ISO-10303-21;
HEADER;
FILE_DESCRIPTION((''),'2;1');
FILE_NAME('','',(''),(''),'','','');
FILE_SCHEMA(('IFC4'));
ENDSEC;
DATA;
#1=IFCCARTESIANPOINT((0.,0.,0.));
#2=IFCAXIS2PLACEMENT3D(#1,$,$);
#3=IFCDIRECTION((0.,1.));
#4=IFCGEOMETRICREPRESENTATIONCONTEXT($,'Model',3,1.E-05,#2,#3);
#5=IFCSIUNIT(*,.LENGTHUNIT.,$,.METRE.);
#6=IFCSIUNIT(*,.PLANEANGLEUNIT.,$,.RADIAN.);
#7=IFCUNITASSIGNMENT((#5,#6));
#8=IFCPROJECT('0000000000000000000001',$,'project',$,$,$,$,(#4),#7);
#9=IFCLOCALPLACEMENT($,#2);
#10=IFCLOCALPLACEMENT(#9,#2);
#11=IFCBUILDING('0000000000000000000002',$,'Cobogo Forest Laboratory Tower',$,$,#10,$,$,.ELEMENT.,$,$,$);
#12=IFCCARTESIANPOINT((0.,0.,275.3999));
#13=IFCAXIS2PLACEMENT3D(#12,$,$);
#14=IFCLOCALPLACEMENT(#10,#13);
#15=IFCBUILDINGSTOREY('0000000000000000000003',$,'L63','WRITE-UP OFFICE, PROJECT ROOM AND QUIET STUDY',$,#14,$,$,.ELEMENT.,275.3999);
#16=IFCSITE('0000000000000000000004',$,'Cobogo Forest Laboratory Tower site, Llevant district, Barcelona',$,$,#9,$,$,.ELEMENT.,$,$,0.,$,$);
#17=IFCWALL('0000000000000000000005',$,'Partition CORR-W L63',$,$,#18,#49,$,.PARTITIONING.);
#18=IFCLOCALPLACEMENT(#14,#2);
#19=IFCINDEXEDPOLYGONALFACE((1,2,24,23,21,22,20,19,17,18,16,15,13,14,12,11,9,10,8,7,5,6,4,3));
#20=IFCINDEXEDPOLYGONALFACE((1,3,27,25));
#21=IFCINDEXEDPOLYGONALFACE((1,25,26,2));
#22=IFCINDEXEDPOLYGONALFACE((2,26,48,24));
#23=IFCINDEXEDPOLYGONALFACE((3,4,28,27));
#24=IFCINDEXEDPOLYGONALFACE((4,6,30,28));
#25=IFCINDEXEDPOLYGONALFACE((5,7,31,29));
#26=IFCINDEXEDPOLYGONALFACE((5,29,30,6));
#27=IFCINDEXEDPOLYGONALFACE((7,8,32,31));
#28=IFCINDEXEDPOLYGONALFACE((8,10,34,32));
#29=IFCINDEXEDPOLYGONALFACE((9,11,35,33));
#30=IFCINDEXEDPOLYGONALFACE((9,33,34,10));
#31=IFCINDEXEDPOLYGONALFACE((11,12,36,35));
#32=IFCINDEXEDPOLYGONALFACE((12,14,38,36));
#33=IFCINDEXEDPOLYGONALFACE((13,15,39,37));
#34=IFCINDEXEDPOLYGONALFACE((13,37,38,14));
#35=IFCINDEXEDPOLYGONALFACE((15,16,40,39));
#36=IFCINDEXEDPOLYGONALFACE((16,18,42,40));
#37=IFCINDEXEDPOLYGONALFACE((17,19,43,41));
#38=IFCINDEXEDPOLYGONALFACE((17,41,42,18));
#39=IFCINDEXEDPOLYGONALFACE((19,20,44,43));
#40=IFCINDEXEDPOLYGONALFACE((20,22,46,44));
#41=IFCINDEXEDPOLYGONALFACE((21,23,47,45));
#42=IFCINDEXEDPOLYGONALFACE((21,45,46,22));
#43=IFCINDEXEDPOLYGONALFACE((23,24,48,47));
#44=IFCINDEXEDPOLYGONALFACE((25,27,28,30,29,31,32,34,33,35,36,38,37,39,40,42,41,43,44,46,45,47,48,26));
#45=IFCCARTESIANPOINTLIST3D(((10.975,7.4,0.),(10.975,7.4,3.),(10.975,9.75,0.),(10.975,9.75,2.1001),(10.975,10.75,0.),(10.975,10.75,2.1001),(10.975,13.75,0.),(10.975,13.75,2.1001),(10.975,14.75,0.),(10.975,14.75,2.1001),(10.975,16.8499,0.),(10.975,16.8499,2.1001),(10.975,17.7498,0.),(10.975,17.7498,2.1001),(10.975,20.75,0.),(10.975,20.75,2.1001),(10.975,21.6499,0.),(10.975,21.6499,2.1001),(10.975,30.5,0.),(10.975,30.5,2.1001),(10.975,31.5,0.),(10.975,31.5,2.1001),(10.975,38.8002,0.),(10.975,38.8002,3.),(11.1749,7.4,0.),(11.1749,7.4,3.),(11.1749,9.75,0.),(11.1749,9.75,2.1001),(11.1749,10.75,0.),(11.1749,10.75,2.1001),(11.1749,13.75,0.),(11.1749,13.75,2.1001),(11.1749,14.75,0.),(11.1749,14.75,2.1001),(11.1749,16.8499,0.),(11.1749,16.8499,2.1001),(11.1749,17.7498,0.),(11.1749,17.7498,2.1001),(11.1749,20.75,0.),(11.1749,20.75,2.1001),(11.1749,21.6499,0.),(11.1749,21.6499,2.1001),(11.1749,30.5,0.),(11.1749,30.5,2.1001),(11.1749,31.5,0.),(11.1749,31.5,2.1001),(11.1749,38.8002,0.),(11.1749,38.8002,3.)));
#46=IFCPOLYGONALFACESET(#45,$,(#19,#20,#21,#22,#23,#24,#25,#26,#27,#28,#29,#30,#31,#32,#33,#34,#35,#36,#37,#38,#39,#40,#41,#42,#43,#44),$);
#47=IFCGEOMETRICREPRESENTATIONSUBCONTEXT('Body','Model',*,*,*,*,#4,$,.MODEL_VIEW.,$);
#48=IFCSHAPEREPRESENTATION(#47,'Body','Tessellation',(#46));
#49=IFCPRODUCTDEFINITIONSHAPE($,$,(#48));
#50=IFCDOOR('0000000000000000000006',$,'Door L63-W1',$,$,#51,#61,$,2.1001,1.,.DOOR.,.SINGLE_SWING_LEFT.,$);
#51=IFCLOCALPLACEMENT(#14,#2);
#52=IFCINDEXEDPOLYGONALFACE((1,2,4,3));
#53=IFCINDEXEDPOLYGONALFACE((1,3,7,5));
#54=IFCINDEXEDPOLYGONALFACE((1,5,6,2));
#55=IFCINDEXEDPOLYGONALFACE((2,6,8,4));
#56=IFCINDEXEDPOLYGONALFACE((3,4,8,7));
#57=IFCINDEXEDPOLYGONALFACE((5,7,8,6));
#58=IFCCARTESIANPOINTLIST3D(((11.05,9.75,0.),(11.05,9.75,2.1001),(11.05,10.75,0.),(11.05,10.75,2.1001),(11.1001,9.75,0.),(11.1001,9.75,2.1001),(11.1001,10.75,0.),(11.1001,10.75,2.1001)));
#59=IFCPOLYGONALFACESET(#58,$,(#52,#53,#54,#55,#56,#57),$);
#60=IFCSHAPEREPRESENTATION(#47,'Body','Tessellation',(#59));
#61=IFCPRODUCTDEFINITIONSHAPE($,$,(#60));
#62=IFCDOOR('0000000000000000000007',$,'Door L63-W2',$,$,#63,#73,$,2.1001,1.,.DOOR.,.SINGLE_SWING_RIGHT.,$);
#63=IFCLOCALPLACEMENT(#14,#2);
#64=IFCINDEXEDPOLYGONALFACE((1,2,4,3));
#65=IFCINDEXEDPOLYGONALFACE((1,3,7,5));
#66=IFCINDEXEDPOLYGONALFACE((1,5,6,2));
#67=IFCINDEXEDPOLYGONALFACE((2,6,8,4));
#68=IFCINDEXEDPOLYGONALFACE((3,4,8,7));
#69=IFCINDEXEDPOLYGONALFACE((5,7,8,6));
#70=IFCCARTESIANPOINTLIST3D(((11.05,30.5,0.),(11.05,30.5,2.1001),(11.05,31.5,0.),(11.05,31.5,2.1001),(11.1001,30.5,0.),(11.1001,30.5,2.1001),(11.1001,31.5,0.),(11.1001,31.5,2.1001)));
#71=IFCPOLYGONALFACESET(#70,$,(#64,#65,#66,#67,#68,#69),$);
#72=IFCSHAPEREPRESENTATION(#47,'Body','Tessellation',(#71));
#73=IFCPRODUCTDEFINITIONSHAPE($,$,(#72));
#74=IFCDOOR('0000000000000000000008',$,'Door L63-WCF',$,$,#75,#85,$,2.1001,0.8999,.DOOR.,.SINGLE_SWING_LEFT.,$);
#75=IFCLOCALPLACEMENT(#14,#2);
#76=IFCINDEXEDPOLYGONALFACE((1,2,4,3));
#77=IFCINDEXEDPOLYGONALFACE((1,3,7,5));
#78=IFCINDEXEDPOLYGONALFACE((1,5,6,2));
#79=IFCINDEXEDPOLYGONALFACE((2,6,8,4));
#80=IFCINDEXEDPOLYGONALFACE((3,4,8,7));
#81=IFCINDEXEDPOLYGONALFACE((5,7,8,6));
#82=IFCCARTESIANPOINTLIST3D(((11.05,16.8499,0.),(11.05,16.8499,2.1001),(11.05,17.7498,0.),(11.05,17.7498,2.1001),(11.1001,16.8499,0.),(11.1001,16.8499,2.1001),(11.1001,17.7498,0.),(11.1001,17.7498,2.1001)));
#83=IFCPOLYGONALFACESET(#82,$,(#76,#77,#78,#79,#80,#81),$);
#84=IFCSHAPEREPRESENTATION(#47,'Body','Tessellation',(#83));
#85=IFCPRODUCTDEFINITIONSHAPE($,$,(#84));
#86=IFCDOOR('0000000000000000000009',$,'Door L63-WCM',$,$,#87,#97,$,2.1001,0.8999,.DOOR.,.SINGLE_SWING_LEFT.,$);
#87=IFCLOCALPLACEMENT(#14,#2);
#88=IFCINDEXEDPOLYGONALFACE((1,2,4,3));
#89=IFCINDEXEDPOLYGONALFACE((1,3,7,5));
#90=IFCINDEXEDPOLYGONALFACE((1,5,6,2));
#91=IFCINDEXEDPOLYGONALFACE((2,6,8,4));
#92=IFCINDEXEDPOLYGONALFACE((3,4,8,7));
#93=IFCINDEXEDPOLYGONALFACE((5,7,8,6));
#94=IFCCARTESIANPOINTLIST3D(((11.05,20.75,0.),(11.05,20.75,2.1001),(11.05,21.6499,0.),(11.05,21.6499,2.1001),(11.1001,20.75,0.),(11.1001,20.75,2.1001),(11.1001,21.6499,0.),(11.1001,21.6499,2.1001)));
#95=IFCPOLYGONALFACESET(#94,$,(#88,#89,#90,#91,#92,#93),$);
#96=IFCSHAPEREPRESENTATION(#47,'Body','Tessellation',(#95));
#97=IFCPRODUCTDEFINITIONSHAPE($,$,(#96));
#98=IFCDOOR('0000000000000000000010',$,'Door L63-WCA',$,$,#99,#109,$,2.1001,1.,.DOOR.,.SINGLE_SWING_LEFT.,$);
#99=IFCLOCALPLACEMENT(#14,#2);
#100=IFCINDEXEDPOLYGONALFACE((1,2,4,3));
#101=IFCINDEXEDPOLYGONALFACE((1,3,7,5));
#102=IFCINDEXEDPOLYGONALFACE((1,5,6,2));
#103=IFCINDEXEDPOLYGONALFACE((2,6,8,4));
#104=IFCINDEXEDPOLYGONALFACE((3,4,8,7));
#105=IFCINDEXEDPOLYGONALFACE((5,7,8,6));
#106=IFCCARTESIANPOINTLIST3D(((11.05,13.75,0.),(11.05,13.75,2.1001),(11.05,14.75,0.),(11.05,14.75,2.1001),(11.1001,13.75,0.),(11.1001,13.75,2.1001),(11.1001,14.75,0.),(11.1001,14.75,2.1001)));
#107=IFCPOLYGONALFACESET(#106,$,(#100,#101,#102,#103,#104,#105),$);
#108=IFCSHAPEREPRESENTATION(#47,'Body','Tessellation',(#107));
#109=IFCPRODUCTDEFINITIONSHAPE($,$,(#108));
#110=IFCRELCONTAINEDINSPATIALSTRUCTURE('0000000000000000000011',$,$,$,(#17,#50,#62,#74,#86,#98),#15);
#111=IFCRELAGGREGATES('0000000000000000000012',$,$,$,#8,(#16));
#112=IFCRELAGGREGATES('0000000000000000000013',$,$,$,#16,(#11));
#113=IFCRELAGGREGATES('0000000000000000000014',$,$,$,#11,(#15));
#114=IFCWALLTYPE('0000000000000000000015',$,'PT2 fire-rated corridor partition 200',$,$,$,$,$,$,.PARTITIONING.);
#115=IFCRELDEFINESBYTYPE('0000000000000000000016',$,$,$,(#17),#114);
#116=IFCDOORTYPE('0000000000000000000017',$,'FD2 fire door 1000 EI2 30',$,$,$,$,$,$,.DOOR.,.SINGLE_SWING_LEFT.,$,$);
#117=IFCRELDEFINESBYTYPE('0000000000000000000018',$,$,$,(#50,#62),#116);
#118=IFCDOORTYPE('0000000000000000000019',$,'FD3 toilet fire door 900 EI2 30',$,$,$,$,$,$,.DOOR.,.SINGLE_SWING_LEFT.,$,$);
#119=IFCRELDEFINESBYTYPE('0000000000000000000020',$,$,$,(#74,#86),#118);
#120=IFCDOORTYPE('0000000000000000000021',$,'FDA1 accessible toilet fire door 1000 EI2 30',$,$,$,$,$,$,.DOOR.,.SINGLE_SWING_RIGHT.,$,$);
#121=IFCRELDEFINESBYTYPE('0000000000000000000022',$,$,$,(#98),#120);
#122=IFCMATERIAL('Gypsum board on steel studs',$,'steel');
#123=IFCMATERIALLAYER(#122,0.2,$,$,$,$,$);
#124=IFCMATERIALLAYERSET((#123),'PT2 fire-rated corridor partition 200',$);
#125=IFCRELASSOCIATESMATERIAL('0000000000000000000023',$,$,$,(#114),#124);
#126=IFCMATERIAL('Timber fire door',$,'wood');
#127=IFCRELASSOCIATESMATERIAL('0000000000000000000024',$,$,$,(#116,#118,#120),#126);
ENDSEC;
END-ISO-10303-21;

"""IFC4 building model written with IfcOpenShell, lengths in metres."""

from ifc_helpers import new_model, si_unit, direction, frame, frame_2d, origin, place, context, subcontext, project, spatial, rectangle, extrude, material, layer, layer_set, type_object, element, fill, save


model = new_model("IFC4")

# Units and contexts
model_context = context("Model", 3, precision=1e-05, world=origin(), true_north=direction((0.0, 1.0)))
body_context = subcontext(model_context, "Body", "Model", "MODEL_VIEW")
ifc_project = project(units=[si_unit("LENGTHUNIT", "METRE"), si_unit("PLANEANGLEUNIT", "RADIAN")], contexts=[model_context])

# Site, building, storey
site_placement = place(None, origin())
site = spatial("IfcSite", under=ifc_project, at=site_placement, Name="Cobogo Forest Laboratory Tower site, Llevant district, Barcelona", CompositionType="ELEMENT", RefElevation=0.0)
building_placement = place(site_placement, origin())
building = spatial("IfcBuilding", under=site, at=building_placement, Name="Cobogo Forest Laboratory Tower", CompositionType="ELEMENT")
storey_placement = place(building_placement, frame((0.0, 0.0, 275.3999)))
storey = spatial("IfcBuildingStorey", under=building, at=storey_placement, Name="L63", Description="WRITE-UP OFFICE, PROJECT ROOM AND QUIET STUDY", CompositionType="ELEMENT", Elevation=275.3999)

# Shared definitions
ifc_material_1 = material(Name="Gypsum board on steel studs", Category="steel")

# Wall, openings, doors
ifc_layer_1 = layer(ifc_material_1, 0.2)
ifc_layer_set_1 = layer_set([ifc_layer_1], Name="PT2 fire-rated corridor partition 200")
wall_type_1 = type_object("IfcWallType", Name="PT2 fire-rated corridor partition 200", PredefinedType="PARTITIONING", material=ifc_layer_set_1)
ifc_material_2 = material(Name="Timber fire door", Category="wood")
door_type_1 = type_object("IfcDoorType", Name="FD2 fire door 1000 EI2 30", OperationType="SINGLE_SWING_LEFT", PredefinedType="DOOR", material=ifc_material_2)
wall_1_placement = place(storey_placement, frame((11.075, 7.3999, 0.0), z_axis=(0.0, 0.0, 1.0), x_axis=(0.0, 1.0, 0.0)))
wall_1 = element("IfcWall", 1, at=wall_1_placement, inside=storey, type_object=wall_type_1, Name="Partition CORR-W L63", PredefinedType="PARTITIONING", context=body_context, shape_type="SweptSolid", body=[
    extrude(rectangle(XDim=31.4001, YDim=0.2, at=frame_2d((15.7002, 0.0))), origin(), (0.0, 0.0, 1.0), 3.0),
])
opening_1_placement = place(wall_1_placement, frame((2.3501, 0.0, 0.0)))
opening_1 = element("IfcOpeningElement", 2, at=opening_1_placement, cuts=wall_1, PredefinedType="OPENING", context=body_context, shape_type="SweptSolid", body=[
    extrude(rectangle(XDim=1.0, YDim=2.1001, at=frame_2d((0.5, 1.05))), frame((0.0, 0.1099, 0.0), z_axis=(0.0, -1.0, 0.0), x_axis=(1.0, 0.0, 0.0)), (0.0, 0.0, 1.0), 0.22),
])
opening_2_placement = place(wall_1_placement, frame((6.3501, 0.0, 0.0)))
opening_2 = element("IfcOpeningElement", 3, at=opening_2_placement, cuts=wall_1, PredefinedType="OPENING", context=body_context, shape_type="SweptSolid", body=[
    extrude(rectangle(XDim=1.0, YDim=2.1001, at=frame_2d((0.5, 1.05))), frame((0.0, 0.1099, 0.0), z_axis=(0.0, -1.0, 0.0), x_axis=(1.0, 0.0, 0.0)), (0.0, 0.0, 1.0), 0.22),
])
opening_3_placement = place(wall_1_placement, frame((9.45, 0.0, 0.0)))
opening_3 = element("IfcOpeningElement", 4, at=opening_3_placement, cuts=wall_1, PredefinedType="OPENING", context=body_context, shape_type="SweptSolid", body=[
    extrude(rectangle(XDim=0.8999, YDim=2.1001, at=frame_2d((0.45, 1.05))), frame((0.0, 0.1099, 0.0), z_axis=(0.0, -1.0, 0.0), x_axis=(1.0, 0.0, 0.0)), (0.0, 0.0, 1.0), 0.22),
])
opening_4_placement = place(wall_1_placement, frame((13.3501, 0.0, 0.0)))
opening_4 = element("IfcOpeningElement", 5, at=opening_4_placement, cuts=wall_1, PredefinedType="OPENING", context=body_context, shape_type="SweptSolid", body=[
    extrude(rectangle(XDim=0.8999, YDim=2.1001, at=frame_2d((0.45, 1.05))), frame((0.0, 0.1099, 0.0), z_axis=(0.0, -1.0, 0.0), x_axis=(1.0, 0.0, 0.0)), (0.0, 0.0, 1.0), 0.22),
])
opening_5_placement = place(wall_1_placement, frame((23.1001, 0.0, 0.0)))
opening_5 = element("IfcOpeningElement", 6, at=opening_5_placement, cuts=wall_1, PredefinedType="OPENING", context=body_context, shape_type="SweptSolid", body=[
    extrude(rectangle(XDim=1.0, YDim=2.1001, at=frame_2d((0.5, 1.05))), frame((0.0, 0.1099, 0.0), z_axis=(0.0, -1.0, 0.0), x_axis=(1.0, 0.0, 0.0)), (0.0, 0.0, 1.0), 0.22),
])
door_1_placement = place(opening_1_placement, origin())
door_1 = element("IfcDoor", 7, at=door_1_placement, inside=storey, type_object=door_type_1, Name="Door L63-W1", OperationType="SINGLE_SWING_LEFT", OverallHeight=2.1001, OverallWidth=1.0, PredefinedType="DOOR", context=body_context, shape_type="SweptSolid", body=[
    extrude(rectangle(XDim=1.0, YDim=2.1001, at=frame_2d((0.5, 1.05))), frame((0.0, 0.0249, 0.0), z_axis=(0.0, -1.0, 0.0), x_axis=(1.0, 0.0, 0.0)), (0.0, 0.0, 1.0), 0.05),
])
fill(opening_1, door_1)
door_2_placement = place(opening_5_placement, origin())
door_2 = element("IfcDoor", 8, at=door_2_placement, inside=storey, type_object=door_type_1, Name="Door L63-W2", OperationType="SINGLE_SWING_RIGHT", OverallHeight=2.1001, OverallWidth=1.0, PredefinedType="DOOR", context=body_context, shape_type="SweptSolid", body=[
    extrude(rectangle(XDim=1.0, YDim=2.1001, at=frame_2d((0.5, 1.05))), frame((0.0, 0.0249, 0.0), z_axis=(0.0, -1.0, 0.0), x_axis=(1.0, 0.0, 0.0)), (0.0, 0.0, 1.0), 0.05),
])
fill(opening_5, door_2)
door_type_2 = type_object("IfcDoorType", Name="FD3 toilet fire door 900 EI2 30", OperationType="SINGLE_SWING_LEFT", PredefinedType="DOOR", material=ifc_material_2)
door_3_placement = place(opening_3_placement, origin())
door_3 = element("IfcDoor", 9, at=door_3_placement, inside=storey, type_object=door_type_2, Name="Door L63-WCF", OperationType="SINGLE_SWING_LEFT", OverallHeight=2.1001, OverallWidth=0.8999, PredefinedType="DOOR", context=body_context, shape_type="SweptSolid", body=[
    extrude(rectangle(XDim=0.8999, YDim=2.1001, at=frame_2d((0.45, 1.05))), frame((0.0, 0.0249, 0.0), z_axis=(0.0, -1.0, 0.0), x_axis=(1.0, 0.0, 0.0)), (0.0, 0.0, 1.0), 0.05),
])
fill(opening_3, door_3)
door_4_placement = place(opening_4_placement, origin())
door_4 = element("IfcDoor", 10, at=door_4_placement, inside=storey, type_object=door_type_2, Name="Door L63-WCM", OperationType="SINGLE_SWING_LEFT", OverallHeight=2.1001, OverallWidth=0.8999, PredefinedType="DOOR", context=body_context, shape_type="SweptSolid", body=[
    extrude(rectangle(XDim=0.8999, YDim=2.1001, at=frame_2d((0.45, 1.05))), frame((0.0, 0.0249, 0.0), z_axis=(0.0, -1.0, 0.0), x_axis=(1.0, 0.0, 0.0)), (0.0, 0.0, 1.0), 0.05),
])
fill(opening_4, door_4)
door_type_3 = type_object("IfcDoorType", Name="FDA1 accessible toilet fire door 1000 EI2 30", OperationType="SINGLE_SWING_RIGHT", PredefinedType="DOOR", material=ifc_material_2)
door_5_placement = place(opening_2_placement, origin())
door_5 = element("IfcDoor", 11, at=door_5_placement, inside=storey, type_object=door_type_3, Name="Door L63-WCA", OperationType="SINGLE_SWING_LEFT", OverallHeight=2.1001, OverallWidth=1.0, PredefinedType="DOOR", context=body_context, shape_type="SweptSolid", body=[
    extrude(rectangle(XDim=1.0, YDim=2.1001, at=frame_2d((0.5, 1.05))), frame((0.0, 0.0249, 0.0), z_axis=(0.0, -1.0, 0.0), x_axis=(1.0, 0.0, 0.0)), (0.0, 0.0, 1.0), 0.05),
])
fill(opening_2, door_5)

save(model, "model.ifc")
